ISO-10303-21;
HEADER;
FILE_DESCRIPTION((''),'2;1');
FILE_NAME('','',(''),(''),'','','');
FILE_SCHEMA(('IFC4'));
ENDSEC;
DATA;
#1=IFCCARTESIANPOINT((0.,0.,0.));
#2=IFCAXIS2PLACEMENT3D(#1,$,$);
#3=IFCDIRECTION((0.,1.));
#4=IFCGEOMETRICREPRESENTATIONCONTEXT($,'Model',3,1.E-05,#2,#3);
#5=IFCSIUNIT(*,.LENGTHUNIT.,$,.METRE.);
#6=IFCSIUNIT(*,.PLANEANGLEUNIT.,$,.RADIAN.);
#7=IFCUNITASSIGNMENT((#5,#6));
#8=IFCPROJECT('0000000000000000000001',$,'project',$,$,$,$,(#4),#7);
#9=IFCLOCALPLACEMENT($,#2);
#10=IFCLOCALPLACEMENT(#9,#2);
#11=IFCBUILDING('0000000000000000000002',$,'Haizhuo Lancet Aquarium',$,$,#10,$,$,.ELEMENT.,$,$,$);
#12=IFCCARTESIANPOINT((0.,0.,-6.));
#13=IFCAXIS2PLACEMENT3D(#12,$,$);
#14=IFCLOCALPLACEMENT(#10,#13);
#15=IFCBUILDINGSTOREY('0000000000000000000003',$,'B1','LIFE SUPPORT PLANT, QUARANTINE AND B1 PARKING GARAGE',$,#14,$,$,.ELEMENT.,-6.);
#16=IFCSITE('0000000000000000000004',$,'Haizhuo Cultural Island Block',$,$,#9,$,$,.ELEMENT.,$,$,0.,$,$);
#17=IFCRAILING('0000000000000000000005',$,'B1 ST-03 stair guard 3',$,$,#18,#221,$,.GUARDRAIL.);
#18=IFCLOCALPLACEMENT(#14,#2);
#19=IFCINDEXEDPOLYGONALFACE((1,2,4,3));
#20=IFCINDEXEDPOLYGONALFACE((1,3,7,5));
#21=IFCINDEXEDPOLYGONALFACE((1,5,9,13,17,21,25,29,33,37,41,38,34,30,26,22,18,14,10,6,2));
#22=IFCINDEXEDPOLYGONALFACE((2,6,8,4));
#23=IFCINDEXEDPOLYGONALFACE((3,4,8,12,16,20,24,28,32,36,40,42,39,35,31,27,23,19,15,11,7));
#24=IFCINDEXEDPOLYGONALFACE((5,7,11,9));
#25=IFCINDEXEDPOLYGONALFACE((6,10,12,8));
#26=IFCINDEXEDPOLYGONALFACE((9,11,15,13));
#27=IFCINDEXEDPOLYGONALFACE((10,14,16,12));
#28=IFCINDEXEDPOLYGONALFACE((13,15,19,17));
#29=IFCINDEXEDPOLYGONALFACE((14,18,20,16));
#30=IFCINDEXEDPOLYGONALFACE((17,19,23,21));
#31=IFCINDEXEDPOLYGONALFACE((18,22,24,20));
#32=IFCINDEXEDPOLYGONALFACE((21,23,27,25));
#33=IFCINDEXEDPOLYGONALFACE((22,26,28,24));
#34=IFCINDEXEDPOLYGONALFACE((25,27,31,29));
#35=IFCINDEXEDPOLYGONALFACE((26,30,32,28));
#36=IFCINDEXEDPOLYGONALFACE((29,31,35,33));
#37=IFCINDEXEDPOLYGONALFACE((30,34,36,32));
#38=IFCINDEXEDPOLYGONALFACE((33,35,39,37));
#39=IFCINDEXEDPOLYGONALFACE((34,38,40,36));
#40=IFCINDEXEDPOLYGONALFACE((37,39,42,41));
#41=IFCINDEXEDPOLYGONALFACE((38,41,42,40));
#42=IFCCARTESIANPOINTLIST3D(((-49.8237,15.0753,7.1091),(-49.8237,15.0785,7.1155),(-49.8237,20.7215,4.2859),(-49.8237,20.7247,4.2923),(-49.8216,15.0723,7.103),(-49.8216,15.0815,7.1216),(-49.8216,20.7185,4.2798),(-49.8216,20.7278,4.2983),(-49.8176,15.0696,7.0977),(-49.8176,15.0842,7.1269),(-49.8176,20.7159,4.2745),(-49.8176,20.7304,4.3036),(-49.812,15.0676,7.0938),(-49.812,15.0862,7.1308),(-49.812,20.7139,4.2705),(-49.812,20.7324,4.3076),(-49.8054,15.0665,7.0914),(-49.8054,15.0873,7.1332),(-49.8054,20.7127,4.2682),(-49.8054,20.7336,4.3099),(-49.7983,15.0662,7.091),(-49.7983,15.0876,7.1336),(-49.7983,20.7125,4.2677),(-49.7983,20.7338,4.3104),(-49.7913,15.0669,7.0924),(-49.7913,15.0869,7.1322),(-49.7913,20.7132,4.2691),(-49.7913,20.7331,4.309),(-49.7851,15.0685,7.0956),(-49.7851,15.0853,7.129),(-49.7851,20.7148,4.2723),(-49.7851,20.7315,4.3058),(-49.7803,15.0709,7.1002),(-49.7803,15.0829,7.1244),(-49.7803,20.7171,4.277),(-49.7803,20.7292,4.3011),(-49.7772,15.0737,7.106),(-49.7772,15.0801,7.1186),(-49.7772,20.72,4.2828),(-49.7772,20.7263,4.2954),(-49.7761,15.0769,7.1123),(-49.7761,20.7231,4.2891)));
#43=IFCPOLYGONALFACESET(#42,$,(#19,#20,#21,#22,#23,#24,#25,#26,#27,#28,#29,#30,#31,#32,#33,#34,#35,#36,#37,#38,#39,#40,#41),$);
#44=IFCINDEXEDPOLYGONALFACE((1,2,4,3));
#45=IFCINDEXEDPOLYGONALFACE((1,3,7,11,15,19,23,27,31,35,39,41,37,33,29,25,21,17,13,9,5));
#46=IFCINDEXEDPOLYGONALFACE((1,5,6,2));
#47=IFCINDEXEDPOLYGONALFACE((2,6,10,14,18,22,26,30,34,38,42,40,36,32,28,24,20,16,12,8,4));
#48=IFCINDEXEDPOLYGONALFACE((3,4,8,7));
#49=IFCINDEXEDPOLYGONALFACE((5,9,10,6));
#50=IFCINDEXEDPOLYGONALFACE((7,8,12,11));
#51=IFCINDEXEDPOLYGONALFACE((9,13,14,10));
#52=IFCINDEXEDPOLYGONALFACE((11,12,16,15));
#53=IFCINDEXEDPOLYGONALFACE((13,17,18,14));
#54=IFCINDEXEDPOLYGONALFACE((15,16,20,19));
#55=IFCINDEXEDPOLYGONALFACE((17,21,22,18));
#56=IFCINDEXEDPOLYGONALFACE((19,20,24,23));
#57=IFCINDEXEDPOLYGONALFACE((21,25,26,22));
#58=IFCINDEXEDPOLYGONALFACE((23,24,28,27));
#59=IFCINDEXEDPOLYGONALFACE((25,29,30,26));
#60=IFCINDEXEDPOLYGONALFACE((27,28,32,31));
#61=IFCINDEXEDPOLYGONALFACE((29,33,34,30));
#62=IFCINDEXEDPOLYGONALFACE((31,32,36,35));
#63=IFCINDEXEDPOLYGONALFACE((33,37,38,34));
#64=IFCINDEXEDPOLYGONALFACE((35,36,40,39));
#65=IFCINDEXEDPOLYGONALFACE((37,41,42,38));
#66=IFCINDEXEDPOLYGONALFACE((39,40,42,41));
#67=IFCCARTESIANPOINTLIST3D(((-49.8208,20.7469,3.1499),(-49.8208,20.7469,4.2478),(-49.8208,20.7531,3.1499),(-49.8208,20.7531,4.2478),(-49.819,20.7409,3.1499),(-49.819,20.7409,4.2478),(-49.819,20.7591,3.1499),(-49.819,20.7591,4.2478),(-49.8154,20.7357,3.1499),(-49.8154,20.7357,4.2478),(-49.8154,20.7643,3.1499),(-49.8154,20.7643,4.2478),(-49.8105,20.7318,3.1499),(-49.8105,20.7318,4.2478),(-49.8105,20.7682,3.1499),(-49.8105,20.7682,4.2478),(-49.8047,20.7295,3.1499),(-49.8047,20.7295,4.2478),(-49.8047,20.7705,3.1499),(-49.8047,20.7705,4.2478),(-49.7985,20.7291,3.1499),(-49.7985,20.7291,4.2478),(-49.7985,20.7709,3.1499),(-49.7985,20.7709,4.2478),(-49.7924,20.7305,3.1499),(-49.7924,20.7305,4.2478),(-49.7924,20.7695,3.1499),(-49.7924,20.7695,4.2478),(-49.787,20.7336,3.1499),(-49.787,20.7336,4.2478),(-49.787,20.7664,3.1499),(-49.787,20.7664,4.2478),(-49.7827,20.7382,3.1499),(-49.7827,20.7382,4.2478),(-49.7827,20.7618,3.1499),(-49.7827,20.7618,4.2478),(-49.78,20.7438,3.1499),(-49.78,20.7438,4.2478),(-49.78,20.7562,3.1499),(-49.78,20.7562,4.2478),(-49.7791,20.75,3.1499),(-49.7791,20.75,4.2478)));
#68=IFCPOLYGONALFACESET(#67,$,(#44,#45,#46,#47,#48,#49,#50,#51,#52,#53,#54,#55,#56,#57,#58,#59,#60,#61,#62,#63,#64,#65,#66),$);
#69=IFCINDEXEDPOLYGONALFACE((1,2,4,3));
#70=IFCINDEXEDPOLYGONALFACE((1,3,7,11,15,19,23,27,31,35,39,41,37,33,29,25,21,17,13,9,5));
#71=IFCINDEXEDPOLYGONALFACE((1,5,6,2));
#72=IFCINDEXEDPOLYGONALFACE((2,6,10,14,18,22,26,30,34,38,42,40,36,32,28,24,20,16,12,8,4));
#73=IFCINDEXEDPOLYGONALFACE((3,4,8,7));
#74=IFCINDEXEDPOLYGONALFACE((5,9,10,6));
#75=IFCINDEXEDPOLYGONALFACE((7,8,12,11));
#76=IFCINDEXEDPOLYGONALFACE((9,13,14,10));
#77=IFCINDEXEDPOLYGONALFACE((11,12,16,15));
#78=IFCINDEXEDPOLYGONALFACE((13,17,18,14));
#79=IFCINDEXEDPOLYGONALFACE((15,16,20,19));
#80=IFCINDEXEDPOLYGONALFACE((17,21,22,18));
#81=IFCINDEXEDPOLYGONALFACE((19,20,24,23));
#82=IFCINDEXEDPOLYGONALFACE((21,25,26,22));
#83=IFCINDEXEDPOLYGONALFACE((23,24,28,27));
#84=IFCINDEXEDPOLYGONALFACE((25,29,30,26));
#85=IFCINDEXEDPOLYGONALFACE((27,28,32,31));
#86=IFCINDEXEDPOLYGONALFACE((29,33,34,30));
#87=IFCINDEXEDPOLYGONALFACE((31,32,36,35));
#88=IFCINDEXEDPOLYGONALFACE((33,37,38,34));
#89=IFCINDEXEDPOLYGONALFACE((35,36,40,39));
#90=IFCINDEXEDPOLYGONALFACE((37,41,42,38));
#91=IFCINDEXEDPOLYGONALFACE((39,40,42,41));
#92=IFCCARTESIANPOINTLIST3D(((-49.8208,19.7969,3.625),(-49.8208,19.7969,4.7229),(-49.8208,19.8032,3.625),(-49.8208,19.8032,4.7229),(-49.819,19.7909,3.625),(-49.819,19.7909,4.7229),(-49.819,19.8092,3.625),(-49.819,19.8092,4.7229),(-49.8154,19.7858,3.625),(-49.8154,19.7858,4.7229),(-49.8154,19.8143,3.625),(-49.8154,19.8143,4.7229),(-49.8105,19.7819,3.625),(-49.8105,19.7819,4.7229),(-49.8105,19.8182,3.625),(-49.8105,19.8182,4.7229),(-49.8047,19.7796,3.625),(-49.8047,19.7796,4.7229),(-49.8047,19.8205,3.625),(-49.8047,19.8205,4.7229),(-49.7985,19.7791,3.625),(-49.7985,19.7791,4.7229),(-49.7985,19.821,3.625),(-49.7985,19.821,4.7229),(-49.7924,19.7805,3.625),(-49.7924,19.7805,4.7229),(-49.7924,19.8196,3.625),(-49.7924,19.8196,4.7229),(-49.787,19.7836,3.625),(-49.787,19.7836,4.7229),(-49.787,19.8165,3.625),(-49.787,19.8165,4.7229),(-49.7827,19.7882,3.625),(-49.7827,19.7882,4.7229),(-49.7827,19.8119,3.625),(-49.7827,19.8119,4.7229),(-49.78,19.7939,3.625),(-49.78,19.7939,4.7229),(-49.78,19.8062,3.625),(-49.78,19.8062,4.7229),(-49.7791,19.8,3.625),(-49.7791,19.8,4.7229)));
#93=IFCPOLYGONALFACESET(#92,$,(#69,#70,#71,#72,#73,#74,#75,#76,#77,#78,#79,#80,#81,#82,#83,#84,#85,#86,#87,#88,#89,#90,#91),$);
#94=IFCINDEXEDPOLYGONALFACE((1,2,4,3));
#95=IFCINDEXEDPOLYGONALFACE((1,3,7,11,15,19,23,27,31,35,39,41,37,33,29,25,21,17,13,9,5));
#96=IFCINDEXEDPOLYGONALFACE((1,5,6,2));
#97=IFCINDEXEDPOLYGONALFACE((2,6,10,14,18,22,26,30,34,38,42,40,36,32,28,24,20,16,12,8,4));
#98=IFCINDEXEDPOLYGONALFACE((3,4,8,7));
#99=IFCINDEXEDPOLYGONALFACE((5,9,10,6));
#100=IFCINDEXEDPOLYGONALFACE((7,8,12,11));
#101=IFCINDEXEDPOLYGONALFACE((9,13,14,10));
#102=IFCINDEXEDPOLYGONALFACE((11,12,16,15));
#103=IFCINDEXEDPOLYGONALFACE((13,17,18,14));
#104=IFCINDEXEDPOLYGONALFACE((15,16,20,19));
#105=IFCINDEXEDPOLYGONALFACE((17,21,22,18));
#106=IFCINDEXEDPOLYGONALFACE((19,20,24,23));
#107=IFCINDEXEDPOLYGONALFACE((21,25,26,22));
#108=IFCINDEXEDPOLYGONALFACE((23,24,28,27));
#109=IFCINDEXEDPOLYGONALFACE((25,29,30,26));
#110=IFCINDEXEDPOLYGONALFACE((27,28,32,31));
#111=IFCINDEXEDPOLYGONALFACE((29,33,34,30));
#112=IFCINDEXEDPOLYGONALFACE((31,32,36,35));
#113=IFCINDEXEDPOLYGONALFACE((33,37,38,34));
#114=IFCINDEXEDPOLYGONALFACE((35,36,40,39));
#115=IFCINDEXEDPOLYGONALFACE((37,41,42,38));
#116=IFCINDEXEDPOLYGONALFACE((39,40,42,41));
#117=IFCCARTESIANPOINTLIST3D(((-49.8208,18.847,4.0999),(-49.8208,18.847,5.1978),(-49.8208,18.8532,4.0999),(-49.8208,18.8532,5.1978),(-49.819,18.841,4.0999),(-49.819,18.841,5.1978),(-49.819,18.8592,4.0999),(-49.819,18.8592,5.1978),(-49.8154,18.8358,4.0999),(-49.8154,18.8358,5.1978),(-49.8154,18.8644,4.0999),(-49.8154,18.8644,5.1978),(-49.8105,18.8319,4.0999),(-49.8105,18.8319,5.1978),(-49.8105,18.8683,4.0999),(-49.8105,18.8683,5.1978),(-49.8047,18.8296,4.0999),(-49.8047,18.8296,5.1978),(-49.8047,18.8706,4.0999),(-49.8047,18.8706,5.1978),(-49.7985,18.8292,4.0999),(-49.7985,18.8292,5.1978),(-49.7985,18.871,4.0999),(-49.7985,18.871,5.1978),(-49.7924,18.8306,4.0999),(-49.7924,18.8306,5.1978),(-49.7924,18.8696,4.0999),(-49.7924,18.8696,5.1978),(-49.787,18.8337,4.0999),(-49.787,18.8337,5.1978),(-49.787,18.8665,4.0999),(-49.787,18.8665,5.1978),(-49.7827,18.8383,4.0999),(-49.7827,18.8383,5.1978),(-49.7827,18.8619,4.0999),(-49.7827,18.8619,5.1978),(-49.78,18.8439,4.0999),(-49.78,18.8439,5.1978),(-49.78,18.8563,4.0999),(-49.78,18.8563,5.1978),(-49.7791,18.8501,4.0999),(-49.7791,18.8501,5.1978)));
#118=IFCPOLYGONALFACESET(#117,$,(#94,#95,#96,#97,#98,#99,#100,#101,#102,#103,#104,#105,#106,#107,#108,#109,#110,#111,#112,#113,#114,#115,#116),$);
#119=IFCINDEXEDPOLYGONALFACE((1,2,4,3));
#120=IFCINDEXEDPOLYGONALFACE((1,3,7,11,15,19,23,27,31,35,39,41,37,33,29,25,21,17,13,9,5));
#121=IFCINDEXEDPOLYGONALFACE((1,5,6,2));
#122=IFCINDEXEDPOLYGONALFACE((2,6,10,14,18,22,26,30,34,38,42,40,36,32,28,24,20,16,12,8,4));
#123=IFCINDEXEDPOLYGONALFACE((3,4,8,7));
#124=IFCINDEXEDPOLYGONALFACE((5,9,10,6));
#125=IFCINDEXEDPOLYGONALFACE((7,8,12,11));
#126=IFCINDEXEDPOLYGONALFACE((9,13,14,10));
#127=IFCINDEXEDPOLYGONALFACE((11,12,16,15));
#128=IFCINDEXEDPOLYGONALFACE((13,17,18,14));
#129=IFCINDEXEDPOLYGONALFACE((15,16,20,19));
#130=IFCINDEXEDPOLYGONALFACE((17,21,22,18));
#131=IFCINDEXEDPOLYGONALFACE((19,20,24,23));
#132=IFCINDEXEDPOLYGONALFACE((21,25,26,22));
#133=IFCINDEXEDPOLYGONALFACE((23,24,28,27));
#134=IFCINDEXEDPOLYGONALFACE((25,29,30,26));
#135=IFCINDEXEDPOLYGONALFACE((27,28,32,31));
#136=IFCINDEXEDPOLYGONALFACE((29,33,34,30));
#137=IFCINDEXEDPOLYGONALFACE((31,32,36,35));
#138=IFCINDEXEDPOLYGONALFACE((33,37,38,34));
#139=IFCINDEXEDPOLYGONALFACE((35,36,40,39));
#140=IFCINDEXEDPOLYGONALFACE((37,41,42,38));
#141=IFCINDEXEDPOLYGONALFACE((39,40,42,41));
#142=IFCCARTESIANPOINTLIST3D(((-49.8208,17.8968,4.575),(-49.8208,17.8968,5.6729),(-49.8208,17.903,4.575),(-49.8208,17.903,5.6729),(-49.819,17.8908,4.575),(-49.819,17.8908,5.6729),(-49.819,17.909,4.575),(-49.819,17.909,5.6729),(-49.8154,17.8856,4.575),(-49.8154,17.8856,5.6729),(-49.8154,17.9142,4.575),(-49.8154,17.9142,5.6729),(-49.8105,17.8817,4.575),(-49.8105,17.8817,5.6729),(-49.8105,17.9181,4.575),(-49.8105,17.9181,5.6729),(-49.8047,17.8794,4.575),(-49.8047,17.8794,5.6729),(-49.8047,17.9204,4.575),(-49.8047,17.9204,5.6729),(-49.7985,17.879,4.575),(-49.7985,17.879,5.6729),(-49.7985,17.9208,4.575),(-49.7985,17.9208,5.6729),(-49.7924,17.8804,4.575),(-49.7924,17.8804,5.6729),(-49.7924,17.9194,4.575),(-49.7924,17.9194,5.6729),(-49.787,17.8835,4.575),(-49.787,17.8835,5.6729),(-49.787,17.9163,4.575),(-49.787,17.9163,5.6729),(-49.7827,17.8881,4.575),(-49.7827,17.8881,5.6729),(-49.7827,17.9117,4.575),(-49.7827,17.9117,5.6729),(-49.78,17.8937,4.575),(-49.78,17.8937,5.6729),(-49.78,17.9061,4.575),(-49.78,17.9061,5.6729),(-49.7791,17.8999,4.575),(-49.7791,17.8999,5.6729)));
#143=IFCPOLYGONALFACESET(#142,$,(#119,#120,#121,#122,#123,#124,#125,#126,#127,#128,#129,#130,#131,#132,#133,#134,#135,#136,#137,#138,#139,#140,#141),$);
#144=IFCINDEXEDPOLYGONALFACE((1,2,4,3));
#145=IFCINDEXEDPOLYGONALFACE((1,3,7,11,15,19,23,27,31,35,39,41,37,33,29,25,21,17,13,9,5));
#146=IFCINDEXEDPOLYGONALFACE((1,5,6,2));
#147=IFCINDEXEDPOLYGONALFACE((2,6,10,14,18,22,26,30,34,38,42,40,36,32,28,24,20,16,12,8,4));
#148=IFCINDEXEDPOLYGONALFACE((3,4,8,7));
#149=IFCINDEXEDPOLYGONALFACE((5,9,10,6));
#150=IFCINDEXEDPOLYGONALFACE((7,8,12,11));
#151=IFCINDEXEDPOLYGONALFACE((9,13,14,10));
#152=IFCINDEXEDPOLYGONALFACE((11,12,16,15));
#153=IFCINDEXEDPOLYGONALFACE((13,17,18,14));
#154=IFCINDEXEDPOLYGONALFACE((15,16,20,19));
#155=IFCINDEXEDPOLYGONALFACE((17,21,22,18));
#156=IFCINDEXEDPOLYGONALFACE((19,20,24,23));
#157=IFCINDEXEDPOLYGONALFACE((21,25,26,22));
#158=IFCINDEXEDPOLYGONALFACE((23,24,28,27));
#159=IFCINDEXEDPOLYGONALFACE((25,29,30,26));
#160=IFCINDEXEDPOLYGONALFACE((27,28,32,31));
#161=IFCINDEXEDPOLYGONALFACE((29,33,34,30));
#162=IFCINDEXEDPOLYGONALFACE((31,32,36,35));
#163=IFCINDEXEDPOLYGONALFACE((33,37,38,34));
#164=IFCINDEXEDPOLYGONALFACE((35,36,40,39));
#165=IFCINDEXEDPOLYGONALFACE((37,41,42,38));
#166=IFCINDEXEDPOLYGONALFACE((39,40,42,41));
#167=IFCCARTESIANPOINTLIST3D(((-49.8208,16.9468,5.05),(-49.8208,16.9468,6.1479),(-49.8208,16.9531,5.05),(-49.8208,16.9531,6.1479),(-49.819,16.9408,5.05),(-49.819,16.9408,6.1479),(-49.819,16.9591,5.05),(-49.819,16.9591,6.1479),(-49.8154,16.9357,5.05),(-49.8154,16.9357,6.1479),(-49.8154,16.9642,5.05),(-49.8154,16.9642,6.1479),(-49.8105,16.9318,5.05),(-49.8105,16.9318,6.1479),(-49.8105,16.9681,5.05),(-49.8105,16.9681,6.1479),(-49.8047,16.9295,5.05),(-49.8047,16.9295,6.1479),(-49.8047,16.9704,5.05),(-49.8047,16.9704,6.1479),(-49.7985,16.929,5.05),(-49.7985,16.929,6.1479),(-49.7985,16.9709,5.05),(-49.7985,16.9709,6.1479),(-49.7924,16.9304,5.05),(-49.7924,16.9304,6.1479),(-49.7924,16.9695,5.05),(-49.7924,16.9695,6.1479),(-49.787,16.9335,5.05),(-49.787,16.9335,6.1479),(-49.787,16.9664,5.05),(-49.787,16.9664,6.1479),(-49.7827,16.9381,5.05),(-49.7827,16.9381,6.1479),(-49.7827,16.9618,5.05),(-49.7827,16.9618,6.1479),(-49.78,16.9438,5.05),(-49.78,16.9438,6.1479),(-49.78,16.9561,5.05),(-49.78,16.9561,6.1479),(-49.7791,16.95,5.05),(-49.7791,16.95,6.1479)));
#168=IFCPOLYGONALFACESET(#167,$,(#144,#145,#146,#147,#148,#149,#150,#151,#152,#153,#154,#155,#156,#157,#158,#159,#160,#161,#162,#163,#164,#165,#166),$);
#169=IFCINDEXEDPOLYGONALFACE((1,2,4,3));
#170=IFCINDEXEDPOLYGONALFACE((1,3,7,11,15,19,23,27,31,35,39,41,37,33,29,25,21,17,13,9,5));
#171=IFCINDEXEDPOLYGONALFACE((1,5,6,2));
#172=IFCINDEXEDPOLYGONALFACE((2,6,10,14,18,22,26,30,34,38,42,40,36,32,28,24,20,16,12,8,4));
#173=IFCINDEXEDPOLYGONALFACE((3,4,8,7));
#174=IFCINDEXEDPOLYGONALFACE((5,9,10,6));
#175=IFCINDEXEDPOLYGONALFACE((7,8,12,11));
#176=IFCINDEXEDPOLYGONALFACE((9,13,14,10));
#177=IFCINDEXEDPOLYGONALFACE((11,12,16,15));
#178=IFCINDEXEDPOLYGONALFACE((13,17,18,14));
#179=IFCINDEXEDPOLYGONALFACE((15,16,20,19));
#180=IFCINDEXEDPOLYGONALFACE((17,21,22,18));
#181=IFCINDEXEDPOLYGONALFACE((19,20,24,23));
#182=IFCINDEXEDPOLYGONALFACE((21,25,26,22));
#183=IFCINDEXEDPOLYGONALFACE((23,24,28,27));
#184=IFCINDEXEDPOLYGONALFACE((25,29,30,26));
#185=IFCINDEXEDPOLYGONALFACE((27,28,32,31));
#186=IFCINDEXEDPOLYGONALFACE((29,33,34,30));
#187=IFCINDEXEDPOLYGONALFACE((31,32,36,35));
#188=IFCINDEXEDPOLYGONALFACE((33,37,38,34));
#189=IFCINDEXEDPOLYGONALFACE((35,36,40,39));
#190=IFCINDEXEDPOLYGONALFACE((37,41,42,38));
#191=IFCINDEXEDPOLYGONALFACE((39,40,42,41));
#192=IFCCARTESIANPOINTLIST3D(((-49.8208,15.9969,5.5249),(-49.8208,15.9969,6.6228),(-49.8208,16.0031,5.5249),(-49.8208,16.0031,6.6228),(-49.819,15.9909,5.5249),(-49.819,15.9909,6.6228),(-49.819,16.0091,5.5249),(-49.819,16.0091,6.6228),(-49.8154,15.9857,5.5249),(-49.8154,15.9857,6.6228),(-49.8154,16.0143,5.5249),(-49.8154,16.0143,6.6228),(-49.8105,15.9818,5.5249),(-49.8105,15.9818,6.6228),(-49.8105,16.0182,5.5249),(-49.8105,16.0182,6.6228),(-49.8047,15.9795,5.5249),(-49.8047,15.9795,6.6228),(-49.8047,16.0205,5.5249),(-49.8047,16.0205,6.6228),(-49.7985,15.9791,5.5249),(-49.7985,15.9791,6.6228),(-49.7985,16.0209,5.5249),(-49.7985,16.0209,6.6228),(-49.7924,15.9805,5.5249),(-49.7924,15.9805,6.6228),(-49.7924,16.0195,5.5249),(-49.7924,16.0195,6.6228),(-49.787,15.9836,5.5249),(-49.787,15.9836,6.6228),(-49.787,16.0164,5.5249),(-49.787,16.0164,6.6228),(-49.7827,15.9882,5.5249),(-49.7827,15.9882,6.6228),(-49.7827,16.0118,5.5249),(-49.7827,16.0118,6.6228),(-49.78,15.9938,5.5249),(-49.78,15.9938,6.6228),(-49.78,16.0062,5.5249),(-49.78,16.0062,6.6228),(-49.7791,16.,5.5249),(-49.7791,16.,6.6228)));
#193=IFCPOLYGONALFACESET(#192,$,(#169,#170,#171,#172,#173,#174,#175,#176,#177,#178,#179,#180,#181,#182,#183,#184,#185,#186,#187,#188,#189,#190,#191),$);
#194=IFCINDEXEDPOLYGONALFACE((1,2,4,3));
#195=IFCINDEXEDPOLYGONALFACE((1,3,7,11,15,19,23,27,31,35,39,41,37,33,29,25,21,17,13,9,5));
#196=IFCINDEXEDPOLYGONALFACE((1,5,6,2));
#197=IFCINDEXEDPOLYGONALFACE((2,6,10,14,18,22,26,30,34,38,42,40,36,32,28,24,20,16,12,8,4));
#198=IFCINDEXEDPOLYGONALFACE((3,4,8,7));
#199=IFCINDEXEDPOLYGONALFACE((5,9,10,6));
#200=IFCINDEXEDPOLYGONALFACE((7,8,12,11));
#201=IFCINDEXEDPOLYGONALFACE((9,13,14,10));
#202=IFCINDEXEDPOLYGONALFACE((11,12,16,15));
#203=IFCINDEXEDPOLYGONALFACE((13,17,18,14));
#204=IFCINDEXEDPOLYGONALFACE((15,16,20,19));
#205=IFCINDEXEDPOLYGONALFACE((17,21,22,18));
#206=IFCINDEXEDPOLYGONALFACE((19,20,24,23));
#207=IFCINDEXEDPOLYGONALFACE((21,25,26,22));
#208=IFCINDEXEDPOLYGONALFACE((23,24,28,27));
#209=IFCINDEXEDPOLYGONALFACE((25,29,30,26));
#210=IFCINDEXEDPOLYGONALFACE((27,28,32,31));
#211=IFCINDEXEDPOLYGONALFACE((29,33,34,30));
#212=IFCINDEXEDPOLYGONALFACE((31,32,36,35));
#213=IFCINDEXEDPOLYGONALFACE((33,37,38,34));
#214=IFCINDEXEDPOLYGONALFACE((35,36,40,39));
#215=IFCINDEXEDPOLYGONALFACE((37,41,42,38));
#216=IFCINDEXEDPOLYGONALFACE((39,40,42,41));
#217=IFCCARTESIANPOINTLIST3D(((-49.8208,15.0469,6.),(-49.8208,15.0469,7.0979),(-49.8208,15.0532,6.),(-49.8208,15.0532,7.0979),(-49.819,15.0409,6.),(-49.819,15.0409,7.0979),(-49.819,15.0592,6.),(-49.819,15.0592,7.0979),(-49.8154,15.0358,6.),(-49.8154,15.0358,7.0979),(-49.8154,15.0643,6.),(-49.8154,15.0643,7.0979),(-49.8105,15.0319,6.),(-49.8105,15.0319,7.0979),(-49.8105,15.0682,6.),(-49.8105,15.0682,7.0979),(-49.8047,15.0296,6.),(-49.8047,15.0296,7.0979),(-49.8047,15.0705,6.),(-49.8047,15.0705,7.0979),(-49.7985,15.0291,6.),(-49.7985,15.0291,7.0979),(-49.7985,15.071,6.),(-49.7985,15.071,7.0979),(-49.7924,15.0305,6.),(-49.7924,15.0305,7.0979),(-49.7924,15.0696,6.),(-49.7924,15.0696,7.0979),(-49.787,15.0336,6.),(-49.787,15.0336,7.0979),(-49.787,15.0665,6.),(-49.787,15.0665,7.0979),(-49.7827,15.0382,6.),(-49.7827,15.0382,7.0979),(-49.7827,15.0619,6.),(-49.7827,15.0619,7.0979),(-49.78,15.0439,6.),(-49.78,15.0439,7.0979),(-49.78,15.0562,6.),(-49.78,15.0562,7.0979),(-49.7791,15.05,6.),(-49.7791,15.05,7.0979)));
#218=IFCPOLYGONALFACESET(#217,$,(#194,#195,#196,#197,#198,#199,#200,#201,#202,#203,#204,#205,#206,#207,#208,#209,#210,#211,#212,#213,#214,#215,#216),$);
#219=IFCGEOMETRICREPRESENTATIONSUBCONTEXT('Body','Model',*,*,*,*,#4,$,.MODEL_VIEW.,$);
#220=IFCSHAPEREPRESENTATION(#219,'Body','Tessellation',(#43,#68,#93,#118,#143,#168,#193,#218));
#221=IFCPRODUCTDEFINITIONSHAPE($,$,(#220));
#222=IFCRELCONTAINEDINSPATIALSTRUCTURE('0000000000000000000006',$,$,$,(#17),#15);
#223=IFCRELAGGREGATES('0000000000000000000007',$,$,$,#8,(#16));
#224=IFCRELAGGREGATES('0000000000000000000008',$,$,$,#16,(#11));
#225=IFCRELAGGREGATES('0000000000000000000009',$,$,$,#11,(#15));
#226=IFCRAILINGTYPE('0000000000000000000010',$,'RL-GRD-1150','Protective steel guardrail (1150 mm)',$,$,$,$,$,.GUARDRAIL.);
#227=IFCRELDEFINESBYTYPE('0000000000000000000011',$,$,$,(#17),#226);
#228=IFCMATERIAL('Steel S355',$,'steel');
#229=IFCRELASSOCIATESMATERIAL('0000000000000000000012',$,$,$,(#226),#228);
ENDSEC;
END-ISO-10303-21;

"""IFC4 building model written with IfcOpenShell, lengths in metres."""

from ifc_helpers import new_model, si_unit, direction, frame, origin, origin_2d, place, context, subcontext, project, spatial, circle, extrude, material, type_object, element, save


model = new_model("IFC4")

# Units and contexts
model_context = context("Model", 3, precision=1e-05, world=origin(), true_north=direction((0.0, 1.0)))
body_context = subcontext(model_context, "Body", "Model", "MODEL_VIEW")
ifc_project = project(units=[si_unit("LENGTHUNIT", "METRE"), si_unit("PLANEANGLEUNIT", "RADIAN")], contexts=[model_context])

# Site, building, storey
site_placement = place(None, origin())
site = spatial("IfcSite", under=ifc_project, at=site_placement, Name="Haizhuo Cultural Island Block", CompositionType="ELEMENT", RefElevation=0.0)
building_placement = place(site_placement, origin())
building = spatial("IfcBuilding", under=site, at=building_placement, Name="Haizhuo Lancet Aquarium", CompositionType="ELEMENT")
storey_placement = place(building_placement, frame((0.0, 0.0, -6.0)))
storey = spatial("IfcBuildingStorey", under=building, at=storey_placement, Name="B1", Description="LIFE SUPPORT PLANT, QUARANTINE AND B1 PARKING GARAGE", CompositionType="ELEMENT", Elevation=-6.0)

# Shared definitions
ifc_material_1 = material(Name="Steel S355", Category="steel")

# Railing
railing_type_1 = type_object("IfcRailingType", Name="RL-GRD-1150", Description="Protective steel guardrail (1150 mm)", PredefinedType="GUARDRAIL", material=ifc_material_1)
railing_1_placement = place(storey_placement, frame((-49.8, 20.75, 3.1499)))
element("IfcRailing", 1, at=railing_1_placement, inside=storey, type_object=railing_type_1, Name="B1 ST-03 stair guard 3", PredefinedType="GUARDRAIL", context=body_context, shape_type="SweptSolid", body=[
    extrude(circle(Radius=0.0239, at=origin_2d()), frame((0.0, -0.0269, 1.1392), z_axis=(0.0, -0.89442, 0.447229), x_axis=(1.0, 0.0, 0.0)), (0.0, 0.0, 1.0), 6.3127),
    extrude(circle(Radius=0.021, at=origin_2d()), origin(), (0.0, 0.0, 1.0), 1.0979),
    extrude(circle(Radius=0.021, at=origin_2d()), frame((0.0, -0.95, 0.4751)), (0.0, 0.0, 1.0), 1.0979),
    extrude(circle(Radius=0.021, at=origin_2d()), frame((0.0, -1.8999, 0.95)), (0.0, 0.0, 1.0), 1.0979),
    extrude(circle(Radius=0.021, at=origin_2d()), frame((0.0, -2.8501, 1.425)), (0.0, 0.0, 1.0), 1.0979),
    extrude(circle(Radius=0.021, at=origin_2d()), frame((0.0, -3.8, 1.9001)), (0.0, 0.0, 1.0), 1.0979),
    extrude(circle(Radius=0.021, at=origin_2d()), frame((0.0, -4.75, 2.375)), (0.0, 0.0, 1.0), 1.0979),
    extrude(circle(Radius=0.021, at=origin_2d()), frame((0.0, -5.7, 2.8501)), (0.0, 0.0, 1.0), 1.0979),
])

save(model, "model.ifc")
